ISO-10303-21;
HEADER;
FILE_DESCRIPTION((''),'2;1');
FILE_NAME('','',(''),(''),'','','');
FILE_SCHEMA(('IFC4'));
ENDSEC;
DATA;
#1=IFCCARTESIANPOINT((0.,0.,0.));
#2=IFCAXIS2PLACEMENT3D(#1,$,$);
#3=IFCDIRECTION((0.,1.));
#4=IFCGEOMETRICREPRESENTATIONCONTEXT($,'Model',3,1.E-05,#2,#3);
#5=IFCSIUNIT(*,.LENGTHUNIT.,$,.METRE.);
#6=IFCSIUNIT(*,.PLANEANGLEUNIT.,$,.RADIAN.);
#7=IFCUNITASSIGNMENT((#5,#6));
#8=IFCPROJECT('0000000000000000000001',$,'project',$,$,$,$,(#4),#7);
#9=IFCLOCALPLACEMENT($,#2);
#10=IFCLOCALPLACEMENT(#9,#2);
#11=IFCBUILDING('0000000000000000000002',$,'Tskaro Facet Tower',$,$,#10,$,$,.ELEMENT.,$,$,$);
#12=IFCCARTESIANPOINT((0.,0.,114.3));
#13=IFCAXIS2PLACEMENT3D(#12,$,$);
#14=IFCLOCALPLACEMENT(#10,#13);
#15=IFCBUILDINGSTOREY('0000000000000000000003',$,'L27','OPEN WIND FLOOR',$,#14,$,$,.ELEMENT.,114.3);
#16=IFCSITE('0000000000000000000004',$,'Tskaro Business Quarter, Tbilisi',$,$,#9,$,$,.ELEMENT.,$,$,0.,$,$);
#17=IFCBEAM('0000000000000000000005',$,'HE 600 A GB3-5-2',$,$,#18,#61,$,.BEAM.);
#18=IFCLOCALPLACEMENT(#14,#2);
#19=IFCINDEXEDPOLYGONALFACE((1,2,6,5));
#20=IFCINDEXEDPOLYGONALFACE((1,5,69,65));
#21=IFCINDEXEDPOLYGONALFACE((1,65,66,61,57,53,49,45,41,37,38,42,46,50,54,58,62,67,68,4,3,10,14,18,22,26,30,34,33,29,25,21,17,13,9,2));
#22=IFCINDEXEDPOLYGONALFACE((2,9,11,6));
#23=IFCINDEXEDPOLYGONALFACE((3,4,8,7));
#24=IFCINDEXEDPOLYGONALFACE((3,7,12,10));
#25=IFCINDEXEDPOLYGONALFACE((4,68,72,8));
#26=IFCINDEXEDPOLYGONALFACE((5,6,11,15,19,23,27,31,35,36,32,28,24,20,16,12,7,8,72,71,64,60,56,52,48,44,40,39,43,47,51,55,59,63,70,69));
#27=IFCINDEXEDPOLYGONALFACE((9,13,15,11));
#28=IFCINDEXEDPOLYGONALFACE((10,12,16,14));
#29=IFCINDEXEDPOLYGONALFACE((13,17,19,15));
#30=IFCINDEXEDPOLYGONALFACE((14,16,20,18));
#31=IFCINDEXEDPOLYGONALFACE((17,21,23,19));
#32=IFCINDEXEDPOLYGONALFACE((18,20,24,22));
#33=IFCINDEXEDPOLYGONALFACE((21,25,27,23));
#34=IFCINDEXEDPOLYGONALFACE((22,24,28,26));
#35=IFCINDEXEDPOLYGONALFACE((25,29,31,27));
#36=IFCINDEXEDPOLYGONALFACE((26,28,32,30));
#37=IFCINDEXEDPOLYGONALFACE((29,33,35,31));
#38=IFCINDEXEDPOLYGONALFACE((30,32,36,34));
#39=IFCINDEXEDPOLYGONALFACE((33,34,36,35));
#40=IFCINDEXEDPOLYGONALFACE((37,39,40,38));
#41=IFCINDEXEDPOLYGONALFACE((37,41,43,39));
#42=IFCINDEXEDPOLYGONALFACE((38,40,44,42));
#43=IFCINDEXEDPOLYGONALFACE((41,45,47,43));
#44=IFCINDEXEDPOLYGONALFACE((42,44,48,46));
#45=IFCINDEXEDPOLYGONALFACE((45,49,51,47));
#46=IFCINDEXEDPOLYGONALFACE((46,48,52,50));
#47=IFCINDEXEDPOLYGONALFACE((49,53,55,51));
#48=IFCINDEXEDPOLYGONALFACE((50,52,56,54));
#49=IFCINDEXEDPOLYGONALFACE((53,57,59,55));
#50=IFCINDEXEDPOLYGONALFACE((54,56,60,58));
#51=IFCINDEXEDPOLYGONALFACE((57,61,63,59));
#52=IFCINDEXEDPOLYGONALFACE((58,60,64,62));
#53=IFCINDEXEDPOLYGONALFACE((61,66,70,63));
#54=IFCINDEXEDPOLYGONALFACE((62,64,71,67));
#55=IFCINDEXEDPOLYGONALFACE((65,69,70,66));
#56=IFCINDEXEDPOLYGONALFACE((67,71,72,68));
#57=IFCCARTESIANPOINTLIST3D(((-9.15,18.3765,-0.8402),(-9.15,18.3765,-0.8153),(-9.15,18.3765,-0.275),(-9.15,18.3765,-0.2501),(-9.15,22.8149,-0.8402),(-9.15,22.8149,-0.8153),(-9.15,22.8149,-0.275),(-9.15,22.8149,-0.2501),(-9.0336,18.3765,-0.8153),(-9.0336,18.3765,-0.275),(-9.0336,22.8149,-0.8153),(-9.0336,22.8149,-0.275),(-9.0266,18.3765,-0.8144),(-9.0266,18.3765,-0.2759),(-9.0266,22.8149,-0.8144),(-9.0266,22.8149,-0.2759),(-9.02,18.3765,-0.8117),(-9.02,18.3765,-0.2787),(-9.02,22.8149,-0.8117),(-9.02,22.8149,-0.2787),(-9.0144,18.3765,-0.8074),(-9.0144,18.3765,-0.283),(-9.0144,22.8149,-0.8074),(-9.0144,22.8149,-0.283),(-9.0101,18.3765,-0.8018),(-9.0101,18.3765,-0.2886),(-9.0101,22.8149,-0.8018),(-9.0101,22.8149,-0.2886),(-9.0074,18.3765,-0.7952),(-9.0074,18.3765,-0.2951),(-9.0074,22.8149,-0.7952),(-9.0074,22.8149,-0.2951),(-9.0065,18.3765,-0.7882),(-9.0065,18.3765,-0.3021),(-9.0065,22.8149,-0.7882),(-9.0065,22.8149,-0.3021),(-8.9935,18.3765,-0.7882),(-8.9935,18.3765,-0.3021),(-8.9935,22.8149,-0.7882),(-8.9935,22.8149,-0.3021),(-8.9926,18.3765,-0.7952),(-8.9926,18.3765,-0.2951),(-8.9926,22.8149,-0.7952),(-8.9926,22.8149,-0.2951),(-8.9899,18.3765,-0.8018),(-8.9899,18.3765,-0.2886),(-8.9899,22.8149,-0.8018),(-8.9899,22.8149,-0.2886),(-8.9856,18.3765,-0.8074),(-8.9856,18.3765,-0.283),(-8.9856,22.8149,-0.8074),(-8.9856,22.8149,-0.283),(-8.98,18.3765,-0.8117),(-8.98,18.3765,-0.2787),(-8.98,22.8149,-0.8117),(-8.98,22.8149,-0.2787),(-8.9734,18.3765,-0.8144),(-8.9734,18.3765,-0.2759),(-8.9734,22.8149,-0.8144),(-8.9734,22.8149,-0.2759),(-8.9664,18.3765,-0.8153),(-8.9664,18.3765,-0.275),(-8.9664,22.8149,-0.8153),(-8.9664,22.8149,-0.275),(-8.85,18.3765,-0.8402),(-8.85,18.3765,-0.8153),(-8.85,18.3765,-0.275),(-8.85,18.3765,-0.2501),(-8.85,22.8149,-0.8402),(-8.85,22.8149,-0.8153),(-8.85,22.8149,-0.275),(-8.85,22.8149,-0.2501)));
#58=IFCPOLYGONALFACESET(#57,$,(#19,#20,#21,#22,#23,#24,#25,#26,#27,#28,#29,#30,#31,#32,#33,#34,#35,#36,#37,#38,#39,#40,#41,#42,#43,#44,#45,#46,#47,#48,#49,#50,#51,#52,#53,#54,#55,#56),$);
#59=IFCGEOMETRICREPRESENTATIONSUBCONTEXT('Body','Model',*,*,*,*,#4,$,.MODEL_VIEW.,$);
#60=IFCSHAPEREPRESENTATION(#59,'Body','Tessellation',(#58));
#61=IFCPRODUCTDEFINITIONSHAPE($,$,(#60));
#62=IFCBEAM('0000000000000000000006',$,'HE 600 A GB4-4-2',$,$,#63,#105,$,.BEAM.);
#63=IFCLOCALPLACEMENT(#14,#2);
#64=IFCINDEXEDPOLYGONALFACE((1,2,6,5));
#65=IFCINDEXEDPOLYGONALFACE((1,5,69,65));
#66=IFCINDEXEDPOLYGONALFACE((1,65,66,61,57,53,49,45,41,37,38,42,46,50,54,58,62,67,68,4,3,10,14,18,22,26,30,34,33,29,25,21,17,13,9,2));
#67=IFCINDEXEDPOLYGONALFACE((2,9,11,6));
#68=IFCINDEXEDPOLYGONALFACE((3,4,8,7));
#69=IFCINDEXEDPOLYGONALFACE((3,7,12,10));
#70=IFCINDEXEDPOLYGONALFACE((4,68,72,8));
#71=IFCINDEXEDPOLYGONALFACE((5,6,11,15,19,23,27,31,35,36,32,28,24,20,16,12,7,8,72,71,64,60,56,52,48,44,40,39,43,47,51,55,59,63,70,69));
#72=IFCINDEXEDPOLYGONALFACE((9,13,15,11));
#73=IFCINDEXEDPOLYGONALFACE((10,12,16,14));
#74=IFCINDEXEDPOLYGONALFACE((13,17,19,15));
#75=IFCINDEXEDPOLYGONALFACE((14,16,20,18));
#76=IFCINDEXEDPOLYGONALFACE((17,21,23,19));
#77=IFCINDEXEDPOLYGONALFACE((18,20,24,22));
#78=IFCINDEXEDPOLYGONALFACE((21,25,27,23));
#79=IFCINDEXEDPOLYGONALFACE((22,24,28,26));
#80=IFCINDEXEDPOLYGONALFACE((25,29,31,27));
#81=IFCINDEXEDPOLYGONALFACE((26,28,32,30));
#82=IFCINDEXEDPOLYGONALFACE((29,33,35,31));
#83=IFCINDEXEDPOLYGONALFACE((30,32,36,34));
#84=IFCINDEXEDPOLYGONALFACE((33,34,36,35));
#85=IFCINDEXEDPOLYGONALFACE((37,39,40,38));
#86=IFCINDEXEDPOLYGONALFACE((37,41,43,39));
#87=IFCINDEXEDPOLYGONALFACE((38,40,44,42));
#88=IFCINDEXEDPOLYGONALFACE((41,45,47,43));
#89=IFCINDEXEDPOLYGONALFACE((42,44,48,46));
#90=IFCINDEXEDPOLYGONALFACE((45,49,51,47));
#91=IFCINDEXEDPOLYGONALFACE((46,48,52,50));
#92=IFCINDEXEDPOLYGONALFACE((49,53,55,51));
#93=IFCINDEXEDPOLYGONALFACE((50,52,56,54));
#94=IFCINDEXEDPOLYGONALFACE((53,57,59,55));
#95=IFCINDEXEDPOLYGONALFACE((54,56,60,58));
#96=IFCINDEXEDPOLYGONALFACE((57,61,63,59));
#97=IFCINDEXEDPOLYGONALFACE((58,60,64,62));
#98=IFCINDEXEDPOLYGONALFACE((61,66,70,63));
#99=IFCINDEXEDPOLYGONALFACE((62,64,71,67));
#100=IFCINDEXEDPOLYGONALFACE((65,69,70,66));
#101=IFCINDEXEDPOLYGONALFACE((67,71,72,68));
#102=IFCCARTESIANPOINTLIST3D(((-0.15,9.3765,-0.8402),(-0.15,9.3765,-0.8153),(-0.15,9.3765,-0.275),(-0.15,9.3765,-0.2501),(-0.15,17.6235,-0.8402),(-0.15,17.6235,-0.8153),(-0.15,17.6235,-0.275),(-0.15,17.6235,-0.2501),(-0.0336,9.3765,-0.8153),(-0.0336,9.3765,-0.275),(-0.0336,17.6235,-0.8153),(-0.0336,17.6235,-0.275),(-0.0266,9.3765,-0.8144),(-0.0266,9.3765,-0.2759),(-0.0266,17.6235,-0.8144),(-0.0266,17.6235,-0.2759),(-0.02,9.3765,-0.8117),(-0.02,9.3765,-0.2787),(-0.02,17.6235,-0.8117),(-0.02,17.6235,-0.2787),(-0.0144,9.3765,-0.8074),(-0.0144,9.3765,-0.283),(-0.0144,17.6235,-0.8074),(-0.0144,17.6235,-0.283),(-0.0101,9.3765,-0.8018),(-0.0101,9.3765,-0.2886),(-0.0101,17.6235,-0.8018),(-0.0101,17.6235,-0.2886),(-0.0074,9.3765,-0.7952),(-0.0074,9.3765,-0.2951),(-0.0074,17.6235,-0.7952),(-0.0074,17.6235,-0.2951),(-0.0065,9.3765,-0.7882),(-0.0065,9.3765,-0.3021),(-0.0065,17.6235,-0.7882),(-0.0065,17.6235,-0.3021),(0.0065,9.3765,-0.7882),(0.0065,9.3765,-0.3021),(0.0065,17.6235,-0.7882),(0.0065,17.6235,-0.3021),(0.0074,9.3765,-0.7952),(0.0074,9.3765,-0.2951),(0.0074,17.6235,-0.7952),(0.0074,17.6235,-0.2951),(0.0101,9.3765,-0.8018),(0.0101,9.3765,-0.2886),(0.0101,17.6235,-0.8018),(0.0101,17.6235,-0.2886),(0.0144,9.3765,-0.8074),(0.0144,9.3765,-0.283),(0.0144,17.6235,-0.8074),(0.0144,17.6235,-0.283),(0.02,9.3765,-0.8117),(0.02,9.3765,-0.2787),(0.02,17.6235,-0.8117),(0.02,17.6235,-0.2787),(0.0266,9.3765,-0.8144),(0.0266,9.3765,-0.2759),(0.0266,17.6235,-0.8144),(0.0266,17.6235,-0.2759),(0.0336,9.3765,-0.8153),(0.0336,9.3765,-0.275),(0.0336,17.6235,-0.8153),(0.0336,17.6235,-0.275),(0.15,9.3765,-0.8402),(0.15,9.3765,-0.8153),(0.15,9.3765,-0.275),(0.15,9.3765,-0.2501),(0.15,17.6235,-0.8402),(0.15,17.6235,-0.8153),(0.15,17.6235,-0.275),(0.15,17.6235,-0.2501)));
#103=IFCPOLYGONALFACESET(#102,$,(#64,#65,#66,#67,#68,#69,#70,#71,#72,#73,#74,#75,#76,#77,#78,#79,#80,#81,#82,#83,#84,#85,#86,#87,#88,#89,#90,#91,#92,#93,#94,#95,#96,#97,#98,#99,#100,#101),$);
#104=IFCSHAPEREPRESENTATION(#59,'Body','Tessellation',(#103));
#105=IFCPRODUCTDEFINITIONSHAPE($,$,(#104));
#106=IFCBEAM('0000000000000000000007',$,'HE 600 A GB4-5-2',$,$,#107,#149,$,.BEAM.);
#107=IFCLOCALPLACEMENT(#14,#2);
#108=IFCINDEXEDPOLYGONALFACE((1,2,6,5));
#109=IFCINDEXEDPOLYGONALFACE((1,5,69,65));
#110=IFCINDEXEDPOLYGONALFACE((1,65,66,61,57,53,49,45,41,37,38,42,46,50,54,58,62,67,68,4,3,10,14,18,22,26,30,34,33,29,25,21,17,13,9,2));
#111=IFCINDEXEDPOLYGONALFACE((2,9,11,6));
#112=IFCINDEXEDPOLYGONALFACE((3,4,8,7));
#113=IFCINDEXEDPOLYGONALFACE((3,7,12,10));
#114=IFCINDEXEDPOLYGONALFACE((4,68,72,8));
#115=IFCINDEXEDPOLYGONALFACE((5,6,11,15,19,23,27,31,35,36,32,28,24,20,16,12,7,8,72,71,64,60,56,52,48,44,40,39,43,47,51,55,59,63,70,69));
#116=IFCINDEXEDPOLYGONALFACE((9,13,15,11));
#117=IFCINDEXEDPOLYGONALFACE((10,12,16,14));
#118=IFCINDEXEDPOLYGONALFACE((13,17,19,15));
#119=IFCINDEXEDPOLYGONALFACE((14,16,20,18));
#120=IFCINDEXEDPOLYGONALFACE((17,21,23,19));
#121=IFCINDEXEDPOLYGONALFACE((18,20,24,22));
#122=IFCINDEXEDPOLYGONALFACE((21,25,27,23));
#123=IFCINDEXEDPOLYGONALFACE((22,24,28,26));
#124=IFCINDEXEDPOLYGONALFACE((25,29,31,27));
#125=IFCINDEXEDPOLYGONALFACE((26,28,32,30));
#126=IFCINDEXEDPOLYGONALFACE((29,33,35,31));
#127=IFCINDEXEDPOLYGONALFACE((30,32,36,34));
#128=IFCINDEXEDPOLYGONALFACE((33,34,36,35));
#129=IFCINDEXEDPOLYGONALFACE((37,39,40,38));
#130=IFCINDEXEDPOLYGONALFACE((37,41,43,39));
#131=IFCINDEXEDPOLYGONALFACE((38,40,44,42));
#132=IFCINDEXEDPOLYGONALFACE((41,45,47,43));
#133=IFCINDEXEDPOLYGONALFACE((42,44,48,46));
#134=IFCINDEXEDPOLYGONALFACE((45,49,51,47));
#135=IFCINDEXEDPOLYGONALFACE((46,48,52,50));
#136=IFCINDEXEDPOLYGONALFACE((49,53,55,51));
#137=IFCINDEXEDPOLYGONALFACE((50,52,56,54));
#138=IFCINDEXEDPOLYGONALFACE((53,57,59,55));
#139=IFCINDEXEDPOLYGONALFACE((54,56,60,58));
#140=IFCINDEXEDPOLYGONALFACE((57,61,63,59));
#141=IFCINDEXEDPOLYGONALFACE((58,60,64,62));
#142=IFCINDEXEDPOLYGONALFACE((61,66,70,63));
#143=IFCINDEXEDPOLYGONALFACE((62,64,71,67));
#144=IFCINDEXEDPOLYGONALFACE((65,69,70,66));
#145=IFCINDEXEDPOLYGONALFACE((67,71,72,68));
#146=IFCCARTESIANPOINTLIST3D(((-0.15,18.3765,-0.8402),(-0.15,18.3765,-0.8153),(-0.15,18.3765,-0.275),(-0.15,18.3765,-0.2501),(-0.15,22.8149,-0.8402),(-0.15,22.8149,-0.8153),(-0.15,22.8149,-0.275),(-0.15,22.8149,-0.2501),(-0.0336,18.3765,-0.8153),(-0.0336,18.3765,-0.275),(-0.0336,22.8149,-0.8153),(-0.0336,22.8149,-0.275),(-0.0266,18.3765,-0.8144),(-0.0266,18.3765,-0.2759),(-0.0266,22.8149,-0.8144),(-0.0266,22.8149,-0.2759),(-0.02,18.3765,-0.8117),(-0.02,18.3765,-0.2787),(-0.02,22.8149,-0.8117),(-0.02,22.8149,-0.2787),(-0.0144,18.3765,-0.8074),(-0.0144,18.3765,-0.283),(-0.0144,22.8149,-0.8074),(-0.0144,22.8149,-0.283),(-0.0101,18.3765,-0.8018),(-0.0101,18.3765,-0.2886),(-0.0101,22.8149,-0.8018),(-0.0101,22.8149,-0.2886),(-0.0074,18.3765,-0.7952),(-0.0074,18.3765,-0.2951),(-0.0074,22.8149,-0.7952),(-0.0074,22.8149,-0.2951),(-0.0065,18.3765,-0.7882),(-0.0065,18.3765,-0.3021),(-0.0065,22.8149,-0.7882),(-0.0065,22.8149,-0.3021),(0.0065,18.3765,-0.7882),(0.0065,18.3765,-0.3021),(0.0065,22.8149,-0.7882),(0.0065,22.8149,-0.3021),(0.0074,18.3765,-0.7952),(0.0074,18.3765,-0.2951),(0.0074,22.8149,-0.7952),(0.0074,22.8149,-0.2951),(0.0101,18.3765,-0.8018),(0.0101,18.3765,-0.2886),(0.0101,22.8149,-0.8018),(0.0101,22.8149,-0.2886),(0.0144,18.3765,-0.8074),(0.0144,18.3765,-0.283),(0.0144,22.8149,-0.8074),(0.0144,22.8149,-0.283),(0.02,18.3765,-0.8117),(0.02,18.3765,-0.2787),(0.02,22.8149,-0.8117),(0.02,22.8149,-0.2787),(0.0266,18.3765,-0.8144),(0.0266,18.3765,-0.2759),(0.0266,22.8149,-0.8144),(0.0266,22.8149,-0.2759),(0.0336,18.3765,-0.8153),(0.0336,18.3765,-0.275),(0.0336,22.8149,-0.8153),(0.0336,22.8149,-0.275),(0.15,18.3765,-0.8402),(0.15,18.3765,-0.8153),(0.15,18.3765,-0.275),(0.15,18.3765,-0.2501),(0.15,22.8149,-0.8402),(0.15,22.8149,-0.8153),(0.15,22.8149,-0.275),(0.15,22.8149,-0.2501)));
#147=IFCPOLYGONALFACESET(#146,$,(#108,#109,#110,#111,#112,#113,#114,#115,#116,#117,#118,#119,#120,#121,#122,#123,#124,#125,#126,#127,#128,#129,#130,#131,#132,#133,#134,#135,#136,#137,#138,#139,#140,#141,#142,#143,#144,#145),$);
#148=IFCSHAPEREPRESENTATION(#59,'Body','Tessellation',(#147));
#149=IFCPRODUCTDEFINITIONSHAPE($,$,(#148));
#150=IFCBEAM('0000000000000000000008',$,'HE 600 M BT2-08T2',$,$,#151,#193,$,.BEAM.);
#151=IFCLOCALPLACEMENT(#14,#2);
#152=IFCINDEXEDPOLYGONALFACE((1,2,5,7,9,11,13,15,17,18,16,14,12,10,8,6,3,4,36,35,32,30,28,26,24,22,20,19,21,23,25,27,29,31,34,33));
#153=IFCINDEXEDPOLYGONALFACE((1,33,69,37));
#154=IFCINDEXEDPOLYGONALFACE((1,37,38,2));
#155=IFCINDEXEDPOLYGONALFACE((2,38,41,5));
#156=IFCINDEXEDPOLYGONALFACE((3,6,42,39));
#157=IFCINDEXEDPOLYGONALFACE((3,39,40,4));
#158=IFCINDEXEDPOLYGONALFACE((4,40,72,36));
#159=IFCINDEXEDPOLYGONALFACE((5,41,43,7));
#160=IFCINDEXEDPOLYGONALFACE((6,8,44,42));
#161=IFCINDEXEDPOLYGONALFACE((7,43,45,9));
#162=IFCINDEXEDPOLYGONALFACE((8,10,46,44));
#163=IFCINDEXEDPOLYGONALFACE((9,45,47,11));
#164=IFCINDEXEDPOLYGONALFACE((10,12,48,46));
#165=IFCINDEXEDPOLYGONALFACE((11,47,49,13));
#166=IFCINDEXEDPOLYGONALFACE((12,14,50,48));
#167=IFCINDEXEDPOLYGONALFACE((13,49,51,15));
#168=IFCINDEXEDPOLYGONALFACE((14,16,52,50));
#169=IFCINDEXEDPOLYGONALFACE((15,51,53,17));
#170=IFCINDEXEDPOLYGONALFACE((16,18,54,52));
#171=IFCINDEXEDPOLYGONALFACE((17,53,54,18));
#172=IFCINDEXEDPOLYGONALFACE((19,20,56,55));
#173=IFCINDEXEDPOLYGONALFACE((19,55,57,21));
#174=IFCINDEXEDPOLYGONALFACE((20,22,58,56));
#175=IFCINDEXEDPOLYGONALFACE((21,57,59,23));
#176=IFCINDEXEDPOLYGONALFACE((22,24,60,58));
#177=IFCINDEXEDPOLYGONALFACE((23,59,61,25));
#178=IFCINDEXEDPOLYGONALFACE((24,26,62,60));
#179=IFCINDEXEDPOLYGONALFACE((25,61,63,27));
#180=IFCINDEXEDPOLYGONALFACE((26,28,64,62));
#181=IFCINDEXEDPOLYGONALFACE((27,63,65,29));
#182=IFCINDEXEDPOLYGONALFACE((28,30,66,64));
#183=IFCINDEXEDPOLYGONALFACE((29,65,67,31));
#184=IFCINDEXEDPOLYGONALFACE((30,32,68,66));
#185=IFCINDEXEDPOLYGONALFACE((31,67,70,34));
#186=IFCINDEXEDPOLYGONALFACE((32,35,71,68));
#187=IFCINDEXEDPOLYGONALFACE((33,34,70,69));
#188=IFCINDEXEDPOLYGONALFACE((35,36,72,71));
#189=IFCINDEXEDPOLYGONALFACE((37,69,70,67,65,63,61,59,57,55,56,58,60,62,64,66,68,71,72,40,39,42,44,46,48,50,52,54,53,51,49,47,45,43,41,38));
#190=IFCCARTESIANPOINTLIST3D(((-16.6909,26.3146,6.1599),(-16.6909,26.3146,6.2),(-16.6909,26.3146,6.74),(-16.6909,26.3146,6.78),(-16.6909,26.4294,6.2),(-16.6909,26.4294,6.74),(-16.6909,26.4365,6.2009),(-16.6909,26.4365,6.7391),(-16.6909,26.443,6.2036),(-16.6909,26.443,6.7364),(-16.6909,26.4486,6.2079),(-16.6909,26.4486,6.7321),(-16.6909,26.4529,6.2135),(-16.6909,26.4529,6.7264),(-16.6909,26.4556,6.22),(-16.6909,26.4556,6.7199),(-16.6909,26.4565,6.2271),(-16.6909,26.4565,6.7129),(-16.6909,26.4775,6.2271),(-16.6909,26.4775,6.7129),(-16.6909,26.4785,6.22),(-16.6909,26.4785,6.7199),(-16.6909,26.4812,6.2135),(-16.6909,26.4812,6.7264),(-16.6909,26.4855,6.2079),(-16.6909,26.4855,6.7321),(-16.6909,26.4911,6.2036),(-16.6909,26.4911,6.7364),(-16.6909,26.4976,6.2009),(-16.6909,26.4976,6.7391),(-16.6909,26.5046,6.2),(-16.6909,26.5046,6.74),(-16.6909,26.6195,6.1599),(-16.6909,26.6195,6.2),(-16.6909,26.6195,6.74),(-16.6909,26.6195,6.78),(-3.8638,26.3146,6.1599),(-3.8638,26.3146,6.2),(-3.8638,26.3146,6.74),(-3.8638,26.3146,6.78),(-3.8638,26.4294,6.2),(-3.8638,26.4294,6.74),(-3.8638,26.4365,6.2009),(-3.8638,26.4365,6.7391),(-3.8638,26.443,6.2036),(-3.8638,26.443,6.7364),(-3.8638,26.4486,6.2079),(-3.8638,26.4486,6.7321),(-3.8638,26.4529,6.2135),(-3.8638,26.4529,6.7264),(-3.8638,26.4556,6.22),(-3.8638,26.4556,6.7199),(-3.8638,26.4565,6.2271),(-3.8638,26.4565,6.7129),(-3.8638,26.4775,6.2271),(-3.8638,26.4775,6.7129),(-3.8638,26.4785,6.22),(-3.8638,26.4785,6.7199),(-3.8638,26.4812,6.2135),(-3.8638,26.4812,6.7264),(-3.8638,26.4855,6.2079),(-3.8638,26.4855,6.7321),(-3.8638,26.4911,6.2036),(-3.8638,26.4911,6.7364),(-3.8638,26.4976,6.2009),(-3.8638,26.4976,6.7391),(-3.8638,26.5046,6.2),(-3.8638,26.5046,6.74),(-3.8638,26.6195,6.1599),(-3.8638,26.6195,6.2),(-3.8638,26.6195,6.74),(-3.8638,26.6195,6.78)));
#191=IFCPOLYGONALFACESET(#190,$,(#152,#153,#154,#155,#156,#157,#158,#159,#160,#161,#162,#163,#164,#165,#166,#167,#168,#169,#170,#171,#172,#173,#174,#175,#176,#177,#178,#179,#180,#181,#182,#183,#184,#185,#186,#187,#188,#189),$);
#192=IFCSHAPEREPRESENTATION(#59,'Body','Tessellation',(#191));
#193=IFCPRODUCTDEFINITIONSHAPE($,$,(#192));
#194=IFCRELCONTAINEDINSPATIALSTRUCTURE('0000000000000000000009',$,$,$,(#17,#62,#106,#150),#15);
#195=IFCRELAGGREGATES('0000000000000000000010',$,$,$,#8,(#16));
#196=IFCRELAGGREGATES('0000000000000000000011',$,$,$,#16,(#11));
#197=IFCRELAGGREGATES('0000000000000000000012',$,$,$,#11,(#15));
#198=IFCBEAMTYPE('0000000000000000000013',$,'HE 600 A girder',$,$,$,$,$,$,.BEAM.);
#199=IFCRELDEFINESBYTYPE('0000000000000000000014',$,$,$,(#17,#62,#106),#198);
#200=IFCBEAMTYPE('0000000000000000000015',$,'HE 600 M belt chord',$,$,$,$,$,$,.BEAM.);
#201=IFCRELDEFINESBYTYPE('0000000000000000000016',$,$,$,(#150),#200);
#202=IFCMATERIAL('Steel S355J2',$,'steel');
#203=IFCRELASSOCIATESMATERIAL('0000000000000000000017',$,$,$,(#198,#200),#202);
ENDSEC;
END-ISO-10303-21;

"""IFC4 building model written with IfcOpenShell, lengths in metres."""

from ifc_helpers import new_model, si_unit, direction, frame, origin, origin_2d, place, context, subcontext, project, spatial, i_section, extrude, material, material_profile, profile_set, type_object, element, save


model = new_model("IFC4")

# Units and contexts
model_context = context("Model", 3, precision=1e-05, world=origin(), true_north=direction((0.0, 1.0)))
body_context = subcontext(model_context, "Body", "Model", "MODEL_VIEW")
ifc_project = project(units=[si_unit("LENGTHUNIT", "METRE"), si_unit("PLANEANGLEUNIT", "RADIAN")], contexts=[model_context])

# Site, building, storey
site_placement = place(None, origin())
site = spatial("IfcSite", under=ifc_project, at=site_placement, Name="Tskaro Business Quarter, Tbilisi", CompositionType="ELEMENT", RefElevation=0.0)
building_placement = place(site_placement, origin())
building = spatial("IfcBuilding", under=site, at=building_placement, Name="Tskaro Facet Tower", CompositionType="ELEMENT")
storey_placement = place(building_placement, frame((0.0, 0.0, 114.3)))
storey = spatial("IfcBuildingStorey", under=building, at=storey_placement, Name="L27", Description="OPEN WIND FLOOR", CompositionType="ELEMENT", Elevation=114.3)

# Shared definitions
ifc_material_1 = material(Name="Steel S355J2", Category="steel")

# Beams
ifc_material_profile_1 = material_profile(ifc_material_1, i_section(OverallWidth=0.3, OverallDepth=0.5901, WebThickness=0.0129, FlangeThickness=0.0249, FilletRadius=0.0271, at=origin_2d()), Name="HE 600 A")
ifc_profile_set_1 = profile_set([ifc_material_profile_1], Name="Steel S355J2")
beam_type_1 = type_object("IfcBeamType", Name="HE 600 A girder", PredefinedType="BEAM", material=ifc_profile_set_1)
beam_1_placement = place(storey_placement, frame((-9.0, 18.3765, -0.5452), z_axis=(0.0, 1.0, 0.0), x_axis=(-1.0, 0.0, 0.0)))
element("IfcBeam", 1, at=beam_1_placement, inside=storey, type_object=beam_type_1, Name="HE 600 A GB3-5-2", PredefinedType="BEAM", context=body_context, shape_type="SweptSolid", body=[
    extrude(i_section(OverallWidth=0.3, OverallDepth=0.5901, WebThickness=0.0129, FlangeThickness=0.0249, FilletRadius=0.0271, at=origin_2d()), origin(), (0.0, 0.0, 1.0), 4.4385),
])
beam_2_placement = place(storey_placement, frame((0.0, 9.3765, -0.5452), z_axis=(0.0, 1.0, 0.0), x_axis=(-1.0, 0.0, 0.0)))
element("IfcBeam", 2, at=beam_2_placement, inside=storey, type_object=beam_type_1, Name="HE 600 A GB4-4-2", PredefinedType="BEAM", context=body_context, shape_type="SweptSolid", body=[
    extrude(i_section(OverallWidth=0.3, OverallDepth=0.5901, WebThickness=0.0129, FlangeThickness=0.0249, FilletRadius=0.0271, at=origin_2d()), origin(), (0.0, 0.0, 1.0), 8.2471),
])
beam_3_placement = place(storey_placement, frame((0.0, 18.3765, -0.5452), z_axis=(0.0, 1.0, 0.0), x_axis=(-1.0, 0.0, 0.0)))
element("IfcBeam", 3, at=beam_3_placement, inside=storey, type_object=beam_type_1, Name="HE 600 A GB4-5-2", PredefinedType="BEAM", context=body_context, shape_type="SweptSolid", body=[
    extrude(i_section(OverallWidth=0.3, OverallDepth=0.5901, WebThickness=0.0129, FlangeThickness=0.0249, FilletRadius=0.0271, at=origin_2d()), origin(), (0.0, 0.0, 1.0), 4.4385),
])
ifc_material_profile_2 = material_profile(ifc_material_1, i_section(OverallWidth=0.3049, OverallDepth=0.6201, WebThickness=0.021, FlangeThickness=0.04, FilletRadius=0.0271, at=origin_2d()), Name="HE 600 M")
ifc_profile_set_2 = profile_set([ifc_material_profile_2], Name="Steel S355J2")
beam_type_2 = type_object("IfcBeamType", Name="HE 600 M belt chord", PredefinedType="BEAM", material=ifc_profile_set_2)
beam_4_placement = place(storey_placement, frame((-3.8638, 26.467, 6.47), z_axis=(-1.0, 0.0, 0.0), x_axis=(0.0, -1.0, 0.0)))
element("IfcBeam", 4, at=beam_4_placement, inside=storey, type_object=beam_type_2, Name="HE 600 M BT2-08T2", PredefinedType="BEAM", context=body_context, shape_type="SweptSolid", body=[
    extrude(i_section(OverallWidth=0.3049, OverallDepth=0.6201, WebThickness=0.021, FlangeThickness=0.04, FilletRadius=0.0271, at=origin_2d()), origin(), (0.0, 0.0, 1.0), 12.8271),
])

save(model, "model.ifc")
